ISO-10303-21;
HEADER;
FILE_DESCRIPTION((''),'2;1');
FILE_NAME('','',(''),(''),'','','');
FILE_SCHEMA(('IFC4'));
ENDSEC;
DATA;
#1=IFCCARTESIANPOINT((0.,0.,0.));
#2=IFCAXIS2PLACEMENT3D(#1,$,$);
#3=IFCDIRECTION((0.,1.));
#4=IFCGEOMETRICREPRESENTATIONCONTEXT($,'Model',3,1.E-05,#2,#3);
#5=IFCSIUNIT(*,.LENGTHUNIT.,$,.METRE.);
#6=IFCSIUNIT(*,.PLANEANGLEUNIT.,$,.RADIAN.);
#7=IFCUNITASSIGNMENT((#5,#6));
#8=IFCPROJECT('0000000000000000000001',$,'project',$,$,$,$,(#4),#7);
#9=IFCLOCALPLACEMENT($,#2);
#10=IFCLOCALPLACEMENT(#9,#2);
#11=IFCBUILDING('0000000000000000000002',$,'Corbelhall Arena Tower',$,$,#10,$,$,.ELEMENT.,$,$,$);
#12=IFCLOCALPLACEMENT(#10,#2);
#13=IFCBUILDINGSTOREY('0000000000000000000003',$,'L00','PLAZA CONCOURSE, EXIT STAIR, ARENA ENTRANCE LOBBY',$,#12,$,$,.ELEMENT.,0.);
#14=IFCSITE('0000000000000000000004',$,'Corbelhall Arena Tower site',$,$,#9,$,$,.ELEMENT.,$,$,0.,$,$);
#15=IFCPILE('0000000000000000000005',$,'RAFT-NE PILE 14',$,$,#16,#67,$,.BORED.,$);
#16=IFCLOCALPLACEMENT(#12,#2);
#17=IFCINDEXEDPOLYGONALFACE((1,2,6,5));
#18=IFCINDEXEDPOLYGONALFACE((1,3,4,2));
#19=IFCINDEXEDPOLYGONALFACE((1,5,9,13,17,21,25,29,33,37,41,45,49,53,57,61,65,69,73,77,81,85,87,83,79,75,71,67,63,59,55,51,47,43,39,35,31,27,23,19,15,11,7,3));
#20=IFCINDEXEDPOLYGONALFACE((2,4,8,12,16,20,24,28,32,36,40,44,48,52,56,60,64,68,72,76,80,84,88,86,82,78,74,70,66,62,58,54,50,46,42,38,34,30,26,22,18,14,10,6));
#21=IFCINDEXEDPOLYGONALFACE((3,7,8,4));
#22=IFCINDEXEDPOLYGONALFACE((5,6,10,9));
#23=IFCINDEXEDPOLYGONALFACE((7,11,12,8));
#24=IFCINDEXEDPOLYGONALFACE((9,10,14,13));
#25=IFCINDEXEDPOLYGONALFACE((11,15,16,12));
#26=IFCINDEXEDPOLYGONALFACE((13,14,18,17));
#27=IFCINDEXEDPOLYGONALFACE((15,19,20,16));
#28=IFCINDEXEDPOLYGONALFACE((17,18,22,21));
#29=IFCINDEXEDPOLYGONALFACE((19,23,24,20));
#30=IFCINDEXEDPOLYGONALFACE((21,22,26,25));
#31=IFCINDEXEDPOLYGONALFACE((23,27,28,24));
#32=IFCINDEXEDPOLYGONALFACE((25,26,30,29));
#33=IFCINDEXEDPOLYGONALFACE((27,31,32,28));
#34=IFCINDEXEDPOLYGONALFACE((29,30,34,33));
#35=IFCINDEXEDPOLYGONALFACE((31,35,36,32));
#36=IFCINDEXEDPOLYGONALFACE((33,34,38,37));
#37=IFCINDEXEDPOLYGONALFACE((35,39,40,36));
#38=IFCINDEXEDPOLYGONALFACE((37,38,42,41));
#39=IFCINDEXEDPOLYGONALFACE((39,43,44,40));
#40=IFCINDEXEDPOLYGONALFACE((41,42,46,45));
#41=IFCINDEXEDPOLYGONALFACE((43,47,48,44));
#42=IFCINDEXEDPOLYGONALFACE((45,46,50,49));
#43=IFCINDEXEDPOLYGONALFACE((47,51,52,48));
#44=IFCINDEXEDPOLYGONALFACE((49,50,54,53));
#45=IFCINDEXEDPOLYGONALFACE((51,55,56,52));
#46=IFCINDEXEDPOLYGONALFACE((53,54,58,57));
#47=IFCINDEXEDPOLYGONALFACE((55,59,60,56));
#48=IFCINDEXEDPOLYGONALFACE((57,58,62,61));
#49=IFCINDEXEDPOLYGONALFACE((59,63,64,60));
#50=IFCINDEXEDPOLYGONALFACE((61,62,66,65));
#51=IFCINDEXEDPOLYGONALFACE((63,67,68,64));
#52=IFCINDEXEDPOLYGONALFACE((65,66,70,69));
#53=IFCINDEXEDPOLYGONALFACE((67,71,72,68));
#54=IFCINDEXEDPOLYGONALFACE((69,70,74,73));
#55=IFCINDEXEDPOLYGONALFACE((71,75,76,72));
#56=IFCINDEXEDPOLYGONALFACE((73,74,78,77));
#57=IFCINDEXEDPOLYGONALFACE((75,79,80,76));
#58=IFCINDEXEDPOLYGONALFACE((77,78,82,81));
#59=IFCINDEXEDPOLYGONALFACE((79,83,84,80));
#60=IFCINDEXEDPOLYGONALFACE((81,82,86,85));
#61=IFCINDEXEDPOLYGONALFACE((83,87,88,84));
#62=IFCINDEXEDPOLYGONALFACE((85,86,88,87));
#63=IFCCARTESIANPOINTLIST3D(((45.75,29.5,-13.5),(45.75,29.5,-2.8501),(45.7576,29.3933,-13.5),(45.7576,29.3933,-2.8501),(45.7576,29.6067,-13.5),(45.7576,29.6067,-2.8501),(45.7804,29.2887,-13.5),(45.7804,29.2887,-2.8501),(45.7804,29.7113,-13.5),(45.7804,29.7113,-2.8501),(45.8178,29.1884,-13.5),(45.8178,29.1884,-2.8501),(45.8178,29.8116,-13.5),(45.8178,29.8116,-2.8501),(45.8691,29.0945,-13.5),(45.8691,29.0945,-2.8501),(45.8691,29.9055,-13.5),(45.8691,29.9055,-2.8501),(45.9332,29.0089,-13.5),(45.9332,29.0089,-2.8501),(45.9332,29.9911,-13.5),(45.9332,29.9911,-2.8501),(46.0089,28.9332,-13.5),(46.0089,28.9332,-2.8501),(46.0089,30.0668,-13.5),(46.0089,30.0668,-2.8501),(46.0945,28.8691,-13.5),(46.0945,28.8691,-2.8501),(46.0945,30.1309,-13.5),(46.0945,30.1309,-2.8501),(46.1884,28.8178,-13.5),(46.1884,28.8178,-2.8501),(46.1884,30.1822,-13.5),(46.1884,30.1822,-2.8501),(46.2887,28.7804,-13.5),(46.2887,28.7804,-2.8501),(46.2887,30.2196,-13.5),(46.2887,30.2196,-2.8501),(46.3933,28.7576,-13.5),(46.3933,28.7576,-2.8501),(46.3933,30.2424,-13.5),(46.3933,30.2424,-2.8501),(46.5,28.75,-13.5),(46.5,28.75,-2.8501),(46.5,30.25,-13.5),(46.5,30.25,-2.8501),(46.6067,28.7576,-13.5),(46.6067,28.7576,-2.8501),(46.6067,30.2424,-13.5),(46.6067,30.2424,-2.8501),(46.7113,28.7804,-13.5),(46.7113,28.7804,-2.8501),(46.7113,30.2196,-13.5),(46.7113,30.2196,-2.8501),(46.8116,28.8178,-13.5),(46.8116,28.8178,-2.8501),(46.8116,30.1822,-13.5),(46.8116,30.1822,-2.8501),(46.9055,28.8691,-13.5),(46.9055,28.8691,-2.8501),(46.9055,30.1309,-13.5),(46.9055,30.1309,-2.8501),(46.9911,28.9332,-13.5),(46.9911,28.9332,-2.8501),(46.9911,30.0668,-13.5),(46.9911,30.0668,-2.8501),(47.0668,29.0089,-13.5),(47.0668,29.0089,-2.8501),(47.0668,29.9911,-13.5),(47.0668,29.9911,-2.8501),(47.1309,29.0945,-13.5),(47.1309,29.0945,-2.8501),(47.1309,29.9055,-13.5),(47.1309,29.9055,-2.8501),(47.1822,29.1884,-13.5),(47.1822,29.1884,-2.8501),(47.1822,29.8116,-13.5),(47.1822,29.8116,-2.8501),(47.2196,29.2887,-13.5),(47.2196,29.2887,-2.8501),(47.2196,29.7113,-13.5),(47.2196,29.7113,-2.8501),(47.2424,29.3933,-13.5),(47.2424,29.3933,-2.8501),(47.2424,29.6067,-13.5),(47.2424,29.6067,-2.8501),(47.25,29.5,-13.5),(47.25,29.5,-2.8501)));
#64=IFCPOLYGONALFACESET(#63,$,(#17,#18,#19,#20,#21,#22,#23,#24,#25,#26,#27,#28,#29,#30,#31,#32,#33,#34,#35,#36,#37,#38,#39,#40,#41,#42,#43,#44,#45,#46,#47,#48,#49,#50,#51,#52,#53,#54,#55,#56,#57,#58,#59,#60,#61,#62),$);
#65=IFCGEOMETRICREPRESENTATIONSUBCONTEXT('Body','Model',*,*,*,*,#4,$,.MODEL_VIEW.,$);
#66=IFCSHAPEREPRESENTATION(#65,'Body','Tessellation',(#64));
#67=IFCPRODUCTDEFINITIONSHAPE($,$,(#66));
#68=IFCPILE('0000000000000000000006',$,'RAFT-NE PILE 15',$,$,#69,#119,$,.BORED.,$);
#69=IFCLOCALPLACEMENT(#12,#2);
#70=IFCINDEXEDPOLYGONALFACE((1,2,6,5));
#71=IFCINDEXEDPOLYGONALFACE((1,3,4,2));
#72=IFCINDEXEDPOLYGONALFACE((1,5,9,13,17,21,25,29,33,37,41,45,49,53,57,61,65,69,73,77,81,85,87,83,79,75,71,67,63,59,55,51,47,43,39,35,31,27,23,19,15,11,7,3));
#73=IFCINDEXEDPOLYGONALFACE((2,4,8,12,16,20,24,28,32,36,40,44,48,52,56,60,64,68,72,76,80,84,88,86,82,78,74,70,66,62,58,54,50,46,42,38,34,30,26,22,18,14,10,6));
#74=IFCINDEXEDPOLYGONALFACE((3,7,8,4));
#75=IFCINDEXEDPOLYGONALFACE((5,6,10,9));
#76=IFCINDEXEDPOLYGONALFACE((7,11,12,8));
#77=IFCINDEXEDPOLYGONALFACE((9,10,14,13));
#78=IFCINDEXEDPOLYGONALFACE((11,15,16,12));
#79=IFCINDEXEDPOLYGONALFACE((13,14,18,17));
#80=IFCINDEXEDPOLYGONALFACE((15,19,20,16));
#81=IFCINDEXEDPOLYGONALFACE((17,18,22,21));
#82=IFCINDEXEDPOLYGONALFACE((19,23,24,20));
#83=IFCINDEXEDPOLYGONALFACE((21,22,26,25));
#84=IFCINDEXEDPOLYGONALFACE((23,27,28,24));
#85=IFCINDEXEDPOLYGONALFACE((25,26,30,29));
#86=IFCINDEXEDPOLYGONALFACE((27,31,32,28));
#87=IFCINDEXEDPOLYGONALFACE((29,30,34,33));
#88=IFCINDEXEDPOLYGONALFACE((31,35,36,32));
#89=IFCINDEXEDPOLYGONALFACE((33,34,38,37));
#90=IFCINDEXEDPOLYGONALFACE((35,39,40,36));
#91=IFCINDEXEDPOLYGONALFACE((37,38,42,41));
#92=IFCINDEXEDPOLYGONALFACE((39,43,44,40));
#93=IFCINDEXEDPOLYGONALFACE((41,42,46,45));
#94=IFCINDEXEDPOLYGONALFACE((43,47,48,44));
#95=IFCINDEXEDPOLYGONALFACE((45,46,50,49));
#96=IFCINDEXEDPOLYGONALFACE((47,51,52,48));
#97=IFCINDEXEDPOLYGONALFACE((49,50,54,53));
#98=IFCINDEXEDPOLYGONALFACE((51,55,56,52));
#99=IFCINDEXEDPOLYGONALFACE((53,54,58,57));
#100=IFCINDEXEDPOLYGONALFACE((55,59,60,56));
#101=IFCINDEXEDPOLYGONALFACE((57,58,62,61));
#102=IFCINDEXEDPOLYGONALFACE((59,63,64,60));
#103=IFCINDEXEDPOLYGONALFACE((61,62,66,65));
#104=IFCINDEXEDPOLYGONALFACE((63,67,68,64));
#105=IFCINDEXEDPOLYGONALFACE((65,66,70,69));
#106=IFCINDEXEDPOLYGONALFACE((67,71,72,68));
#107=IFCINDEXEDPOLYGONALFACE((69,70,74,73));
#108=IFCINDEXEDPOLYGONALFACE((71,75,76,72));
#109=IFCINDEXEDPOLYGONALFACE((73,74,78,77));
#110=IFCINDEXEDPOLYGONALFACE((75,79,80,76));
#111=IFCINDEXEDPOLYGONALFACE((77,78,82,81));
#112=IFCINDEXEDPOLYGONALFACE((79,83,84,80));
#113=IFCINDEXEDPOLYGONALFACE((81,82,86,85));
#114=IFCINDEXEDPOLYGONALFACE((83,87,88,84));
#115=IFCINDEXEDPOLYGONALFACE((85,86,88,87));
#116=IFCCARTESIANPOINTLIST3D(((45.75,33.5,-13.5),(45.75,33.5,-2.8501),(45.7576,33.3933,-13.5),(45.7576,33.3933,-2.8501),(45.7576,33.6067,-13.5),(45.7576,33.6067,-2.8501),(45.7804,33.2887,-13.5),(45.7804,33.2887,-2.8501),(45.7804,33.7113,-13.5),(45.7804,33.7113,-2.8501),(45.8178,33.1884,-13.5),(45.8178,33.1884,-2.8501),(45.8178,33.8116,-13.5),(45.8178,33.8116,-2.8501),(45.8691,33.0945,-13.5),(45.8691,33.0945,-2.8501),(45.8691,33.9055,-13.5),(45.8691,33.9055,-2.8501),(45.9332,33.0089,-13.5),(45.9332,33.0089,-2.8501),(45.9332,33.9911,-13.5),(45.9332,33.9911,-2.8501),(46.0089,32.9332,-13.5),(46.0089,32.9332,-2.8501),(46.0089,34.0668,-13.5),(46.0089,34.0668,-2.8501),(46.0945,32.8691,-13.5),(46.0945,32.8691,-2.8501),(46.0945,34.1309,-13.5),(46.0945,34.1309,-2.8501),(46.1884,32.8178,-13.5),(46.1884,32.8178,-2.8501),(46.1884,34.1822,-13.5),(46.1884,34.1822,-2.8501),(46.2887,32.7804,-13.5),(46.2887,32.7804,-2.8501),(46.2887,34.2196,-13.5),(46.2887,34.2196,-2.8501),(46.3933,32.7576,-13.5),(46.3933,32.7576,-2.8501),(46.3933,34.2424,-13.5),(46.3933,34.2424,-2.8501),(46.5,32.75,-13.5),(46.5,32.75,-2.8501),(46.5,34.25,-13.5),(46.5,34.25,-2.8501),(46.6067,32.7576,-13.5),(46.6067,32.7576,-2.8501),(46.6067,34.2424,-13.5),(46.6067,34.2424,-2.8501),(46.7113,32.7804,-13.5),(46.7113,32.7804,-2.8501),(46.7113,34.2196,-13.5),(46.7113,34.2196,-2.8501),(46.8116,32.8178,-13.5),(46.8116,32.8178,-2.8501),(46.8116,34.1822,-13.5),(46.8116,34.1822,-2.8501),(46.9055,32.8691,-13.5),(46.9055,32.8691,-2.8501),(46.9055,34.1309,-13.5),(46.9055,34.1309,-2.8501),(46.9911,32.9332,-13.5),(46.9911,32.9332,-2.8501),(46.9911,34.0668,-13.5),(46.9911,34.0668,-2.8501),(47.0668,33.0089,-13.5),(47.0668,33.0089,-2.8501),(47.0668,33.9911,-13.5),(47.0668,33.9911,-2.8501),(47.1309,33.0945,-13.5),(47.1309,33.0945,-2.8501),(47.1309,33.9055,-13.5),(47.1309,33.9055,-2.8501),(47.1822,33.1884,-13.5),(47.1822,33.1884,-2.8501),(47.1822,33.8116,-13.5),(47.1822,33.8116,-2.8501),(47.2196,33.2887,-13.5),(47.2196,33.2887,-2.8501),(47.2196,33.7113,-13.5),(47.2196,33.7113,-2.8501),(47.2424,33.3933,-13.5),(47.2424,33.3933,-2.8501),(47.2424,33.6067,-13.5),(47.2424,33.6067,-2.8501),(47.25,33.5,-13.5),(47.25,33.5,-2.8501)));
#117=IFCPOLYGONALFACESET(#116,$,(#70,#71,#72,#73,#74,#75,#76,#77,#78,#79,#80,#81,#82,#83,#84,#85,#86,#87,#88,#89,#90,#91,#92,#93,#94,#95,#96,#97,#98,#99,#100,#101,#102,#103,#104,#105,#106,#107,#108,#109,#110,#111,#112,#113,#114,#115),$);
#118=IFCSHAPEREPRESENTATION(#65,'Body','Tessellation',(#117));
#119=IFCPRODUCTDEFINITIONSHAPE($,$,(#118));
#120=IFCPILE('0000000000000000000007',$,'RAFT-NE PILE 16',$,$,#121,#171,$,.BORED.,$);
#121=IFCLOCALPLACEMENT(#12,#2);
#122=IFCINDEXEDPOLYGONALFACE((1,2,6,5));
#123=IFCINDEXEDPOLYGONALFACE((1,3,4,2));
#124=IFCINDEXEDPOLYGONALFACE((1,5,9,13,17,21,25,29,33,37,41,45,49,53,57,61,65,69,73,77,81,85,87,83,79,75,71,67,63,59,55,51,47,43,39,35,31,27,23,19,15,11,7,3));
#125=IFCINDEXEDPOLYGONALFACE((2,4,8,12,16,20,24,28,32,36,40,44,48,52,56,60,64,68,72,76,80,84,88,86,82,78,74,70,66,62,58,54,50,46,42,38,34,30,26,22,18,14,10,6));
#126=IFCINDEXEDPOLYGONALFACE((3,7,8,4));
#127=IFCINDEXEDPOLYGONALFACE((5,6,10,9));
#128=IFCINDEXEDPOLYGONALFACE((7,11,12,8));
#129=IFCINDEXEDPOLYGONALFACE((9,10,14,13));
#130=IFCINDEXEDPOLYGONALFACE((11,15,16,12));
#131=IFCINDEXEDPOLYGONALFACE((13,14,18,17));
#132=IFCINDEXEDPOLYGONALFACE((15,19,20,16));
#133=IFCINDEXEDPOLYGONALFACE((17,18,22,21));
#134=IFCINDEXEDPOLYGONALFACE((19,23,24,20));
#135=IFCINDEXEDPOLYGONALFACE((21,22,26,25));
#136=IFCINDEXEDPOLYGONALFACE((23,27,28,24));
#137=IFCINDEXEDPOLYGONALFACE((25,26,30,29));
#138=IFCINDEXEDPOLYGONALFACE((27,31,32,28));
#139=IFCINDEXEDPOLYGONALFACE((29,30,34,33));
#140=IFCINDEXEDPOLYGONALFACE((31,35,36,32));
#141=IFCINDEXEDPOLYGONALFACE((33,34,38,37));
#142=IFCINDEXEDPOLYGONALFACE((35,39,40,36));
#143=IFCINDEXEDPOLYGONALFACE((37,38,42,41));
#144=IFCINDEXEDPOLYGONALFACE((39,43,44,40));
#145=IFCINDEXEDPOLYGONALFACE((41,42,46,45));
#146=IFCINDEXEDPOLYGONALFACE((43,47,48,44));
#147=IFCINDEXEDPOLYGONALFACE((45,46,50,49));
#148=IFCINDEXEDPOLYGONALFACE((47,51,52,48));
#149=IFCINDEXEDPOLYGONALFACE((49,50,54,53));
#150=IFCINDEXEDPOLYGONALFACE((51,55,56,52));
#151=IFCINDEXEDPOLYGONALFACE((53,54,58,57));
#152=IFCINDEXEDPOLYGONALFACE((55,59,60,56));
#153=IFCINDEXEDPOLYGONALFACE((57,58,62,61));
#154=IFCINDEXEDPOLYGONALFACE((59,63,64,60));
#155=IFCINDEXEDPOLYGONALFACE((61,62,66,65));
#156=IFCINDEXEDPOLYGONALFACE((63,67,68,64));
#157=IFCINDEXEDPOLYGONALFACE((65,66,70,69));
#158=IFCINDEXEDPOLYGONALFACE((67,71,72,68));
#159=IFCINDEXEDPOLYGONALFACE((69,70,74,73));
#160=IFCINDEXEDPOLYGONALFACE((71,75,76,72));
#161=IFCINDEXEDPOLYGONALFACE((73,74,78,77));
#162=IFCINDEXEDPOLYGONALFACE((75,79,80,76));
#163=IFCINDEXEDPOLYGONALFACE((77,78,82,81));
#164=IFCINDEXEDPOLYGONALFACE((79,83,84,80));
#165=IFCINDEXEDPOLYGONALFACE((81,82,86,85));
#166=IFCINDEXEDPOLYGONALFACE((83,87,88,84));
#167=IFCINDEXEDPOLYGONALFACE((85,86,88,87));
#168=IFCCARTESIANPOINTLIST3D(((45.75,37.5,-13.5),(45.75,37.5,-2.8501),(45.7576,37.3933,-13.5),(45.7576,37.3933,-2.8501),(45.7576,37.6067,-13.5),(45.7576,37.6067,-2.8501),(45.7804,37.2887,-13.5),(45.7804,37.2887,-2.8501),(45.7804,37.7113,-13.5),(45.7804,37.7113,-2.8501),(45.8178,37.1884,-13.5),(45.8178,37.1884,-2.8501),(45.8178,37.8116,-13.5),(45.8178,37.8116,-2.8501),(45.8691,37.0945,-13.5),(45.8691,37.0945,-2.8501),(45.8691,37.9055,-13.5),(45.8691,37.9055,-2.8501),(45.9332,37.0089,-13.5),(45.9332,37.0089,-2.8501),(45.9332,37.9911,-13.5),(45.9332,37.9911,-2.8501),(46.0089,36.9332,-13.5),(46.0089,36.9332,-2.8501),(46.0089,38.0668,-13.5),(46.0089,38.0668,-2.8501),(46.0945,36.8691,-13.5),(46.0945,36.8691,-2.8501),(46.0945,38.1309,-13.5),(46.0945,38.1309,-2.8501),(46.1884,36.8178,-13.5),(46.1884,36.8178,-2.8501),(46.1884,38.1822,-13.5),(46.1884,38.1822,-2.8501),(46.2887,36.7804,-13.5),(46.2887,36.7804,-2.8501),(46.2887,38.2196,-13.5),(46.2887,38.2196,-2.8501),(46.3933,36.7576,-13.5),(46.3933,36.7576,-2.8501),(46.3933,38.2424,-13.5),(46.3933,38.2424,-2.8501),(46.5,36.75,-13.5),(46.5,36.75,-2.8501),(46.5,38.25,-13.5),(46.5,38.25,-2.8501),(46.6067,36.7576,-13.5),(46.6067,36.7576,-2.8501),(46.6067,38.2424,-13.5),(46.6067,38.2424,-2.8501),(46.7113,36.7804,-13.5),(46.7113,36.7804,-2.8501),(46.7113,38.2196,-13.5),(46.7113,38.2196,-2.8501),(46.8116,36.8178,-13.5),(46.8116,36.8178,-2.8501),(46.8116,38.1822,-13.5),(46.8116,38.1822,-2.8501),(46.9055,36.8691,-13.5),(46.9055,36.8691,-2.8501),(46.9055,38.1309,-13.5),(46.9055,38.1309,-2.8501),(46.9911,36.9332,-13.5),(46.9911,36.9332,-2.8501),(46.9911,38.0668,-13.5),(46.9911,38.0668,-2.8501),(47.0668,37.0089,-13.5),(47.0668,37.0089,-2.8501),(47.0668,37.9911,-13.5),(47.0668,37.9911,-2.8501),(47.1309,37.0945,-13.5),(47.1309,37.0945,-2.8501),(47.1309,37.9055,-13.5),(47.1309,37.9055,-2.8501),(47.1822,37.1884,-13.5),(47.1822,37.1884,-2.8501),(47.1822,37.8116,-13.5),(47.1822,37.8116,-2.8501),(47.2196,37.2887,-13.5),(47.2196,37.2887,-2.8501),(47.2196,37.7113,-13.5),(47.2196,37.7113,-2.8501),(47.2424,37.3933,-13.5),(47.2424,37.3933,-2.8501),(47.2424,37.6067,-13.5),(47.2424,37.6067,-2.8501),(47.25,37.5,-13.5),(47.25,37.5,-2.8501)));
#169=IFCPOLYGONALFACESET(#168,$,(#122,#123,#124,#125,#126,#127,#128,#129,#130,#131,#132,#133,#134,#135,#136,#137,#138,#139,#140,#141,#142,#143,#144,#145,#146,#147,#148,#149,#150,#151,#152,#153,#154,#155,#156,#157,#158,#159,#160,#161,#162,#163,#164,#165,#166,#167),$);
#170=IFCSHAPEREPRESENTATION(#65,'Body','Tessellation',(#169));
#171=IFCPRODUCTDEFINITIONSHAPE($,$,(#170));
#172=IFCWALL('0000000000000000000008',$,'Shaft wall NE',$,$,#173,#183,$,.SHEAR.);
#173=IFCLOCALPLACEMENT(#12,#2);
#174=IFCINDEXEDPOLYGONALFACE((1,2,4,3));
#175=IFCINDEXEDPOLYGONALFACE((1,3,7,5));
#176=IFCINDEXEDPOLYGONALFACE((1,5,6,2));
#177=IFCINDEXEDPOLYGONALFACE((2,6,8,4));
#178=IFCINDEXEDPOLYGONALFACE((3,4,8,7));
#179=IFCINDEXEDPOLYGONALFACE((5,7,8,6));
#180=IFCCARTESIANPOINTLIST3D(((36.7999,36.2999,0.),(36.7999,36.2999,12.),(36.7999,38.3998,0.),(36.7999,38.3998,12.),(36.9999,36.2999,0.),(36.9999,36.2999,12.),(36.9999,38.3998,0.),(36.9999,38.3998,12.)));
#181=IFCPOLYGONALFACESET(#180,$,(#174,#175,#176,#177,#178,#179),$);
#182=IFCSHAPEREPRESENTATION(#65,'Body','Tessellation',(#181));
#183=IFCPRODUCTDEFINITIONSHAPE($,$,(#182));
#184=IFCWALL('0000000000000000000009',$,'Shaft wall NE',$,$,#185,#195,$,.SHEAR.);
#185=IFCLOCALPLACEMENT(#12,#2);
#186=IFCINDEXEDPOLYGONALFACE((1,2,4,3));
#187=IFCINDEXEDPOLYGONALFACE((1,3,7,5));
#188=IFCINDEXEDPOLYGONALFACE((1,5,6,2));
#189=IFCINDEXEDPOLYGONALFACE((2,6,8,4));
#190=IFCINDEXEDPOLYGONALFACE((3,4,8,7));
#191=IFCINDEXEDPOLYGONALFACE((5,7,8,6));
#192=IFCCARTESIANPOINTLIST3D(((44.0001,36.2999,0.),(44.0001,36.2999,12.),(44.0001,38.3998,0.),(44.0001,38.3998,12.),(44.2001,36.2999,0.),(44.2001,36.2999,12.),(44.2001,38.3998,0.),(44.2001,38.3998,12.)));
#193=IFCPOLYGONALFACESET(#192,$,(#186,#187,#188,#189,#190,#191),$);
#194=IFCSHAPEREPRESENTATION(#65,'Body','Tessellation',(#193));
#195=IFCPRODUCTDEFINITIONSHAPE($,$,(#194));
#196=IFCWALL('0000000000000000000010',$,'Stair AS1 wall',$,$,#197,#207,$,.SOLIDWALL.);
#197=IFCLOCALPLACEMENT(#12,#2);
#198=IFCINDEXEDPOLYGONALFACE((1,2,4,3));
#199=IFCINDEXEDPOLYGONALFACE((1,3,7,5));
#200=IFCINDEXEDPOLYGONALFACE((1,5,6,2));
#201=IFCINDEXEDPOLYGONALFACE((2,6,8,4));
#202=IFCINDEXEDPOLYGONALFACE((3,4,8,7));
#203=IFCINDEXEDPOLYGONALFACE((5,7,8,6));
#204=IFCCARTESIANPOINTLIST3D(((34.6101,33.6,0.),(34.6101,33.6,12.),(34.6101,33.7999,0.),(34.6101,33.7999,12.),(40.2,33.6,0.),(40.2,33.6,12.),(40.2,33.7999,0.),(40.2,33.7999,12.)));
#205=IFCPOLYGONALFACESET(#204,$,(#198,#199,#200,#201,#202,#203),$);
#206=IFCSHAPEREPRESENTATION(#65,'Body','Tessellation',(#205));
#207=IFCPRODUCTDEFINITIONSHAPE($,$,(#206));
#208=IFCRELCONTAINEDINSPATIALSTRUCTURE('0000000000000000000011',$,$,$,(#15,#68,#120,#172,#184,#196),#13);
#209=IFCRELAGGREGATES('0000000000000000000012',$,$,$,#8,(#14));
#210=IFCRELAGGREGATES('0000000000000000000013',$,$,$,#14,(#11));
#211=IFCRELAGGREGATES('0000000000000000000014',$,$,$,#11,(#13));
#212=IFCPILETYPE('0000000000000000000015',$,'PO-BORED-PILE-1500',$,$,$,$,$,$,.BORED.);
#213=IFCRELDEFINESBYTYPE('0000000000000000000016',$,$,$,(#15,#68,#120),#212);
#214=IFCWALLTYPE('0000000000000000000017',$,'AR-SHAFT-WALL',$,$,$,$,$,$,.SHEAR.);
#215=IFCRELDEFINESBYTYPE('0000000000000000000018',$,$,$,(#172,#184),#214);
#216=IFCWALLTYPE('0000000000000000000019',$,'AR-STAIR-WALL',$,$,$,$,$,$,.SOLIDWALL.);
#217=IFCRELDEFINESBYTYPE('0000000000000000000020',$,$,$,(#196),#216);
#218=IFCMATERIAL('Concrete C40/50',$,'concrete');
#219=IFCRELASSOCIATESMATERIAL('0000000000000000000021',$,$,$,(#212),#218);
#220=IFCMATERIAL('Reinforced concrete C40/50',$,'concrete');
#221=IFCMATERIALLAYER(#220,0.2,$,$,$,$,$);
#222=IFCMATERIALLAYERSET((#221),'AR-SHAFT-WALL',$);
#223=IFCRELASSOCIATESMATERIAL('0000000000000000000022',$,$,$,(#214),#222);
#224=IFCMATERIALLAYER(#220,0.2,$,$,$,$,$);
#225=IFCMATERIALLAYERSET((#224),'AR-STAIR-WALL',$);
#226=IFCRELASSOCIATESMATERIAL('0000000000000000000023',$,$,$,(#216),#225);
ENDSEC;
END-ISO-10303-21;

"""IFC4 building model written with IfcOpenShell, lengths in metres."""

from ifc_helpers import new_model, si_unit, direction, frame, frame_2d, origin, origin_2d, place, context, subcontext, project, spatial, rectangle, circle, extrude, material, layer, layer_set, material_profile, profile_set, type_object, element, save


model = new_model("IFC4")

# Units and contexts
model_context = context("Model", 3, precision=1e-05, world=origin(), true_north=direction((0.0, 1.0)))
body_context = subcontext(model_context, "Body", "Model", "MODEL_VIEW")
ifc_project = project(units=[si_unit("LENGTHUNIT", "METRE"), si_unit("PLANEANGLEUNIT", "RADIAN")], contexts=[model_context])

# Site, building, storey
site_placement = place(None, origin())
site = spatial("IfcSite", under=ifc_project, at=site_placement, Name="Corbelhall Arena Tower site", CompositionType="ELEMENT", RefElevation=0.0)
building_placement = place(site_placement, origin())
building = spatial("IfcBuilding", under=site, at=building_placement, Name="Corbelhall Arena Tower", CompositionType="ELEMENT")
storey_placement = place(building_placement, origin())
storey = spatial("IfcBuildingStorey", under=building, at=storey_placement, Name="L00", Description="PLAZA CONCOURSE, EXIT STAIR, ARENA ENTRANCE LOBBY", CompositionType="ELEMENT", Elevation=0.0)

# Piles
ifc_material_1 = material(Name="Concrete C40/50", Category="concrete")
ifc_material_profile = material_profile(ifc_material_1, circle(Radius=0.75, at=origin_2d()))
ifc_profile_set = profile_set([ifc_material_profile], Name="Concrete C40/50")
pile_type = type_object("IfcPileType", Name="PO-BORED-PILE-1500", PredefinedType="BORED", material=ifc_profile_set)
for number, where, z_axis, x_axis, name in (
    (1, (46.5, 29.5, -2.8501), (0.0, 0.0, -1.0), (1.0, 0.0, 0.0), "RAFT-NE PILE 14"),
    (2, (46.5, 33.5, -2.8501), (0.0, 0.0, -1.0), (1.0, 0.0, 0.0), "RAFT-NE PILE 15"),
    (3, (46.5, 37.5, -2.8501), (0.0, 0.0, -1.0), (1.0, 0.0, 0.0), "RAFT-NE PILE 16"),
):
    element("IfcPile", number, at=place(storey_placement, frame(where, z_axis=z_axis, x_axis=x_axis)), inside=storey, type_object=pile_type, Name=name, PredefinedType="BORED", context=body_context, shape_type="SweptSolid", body=[
        extrude(circle(Radius=0.75, at=origin_2d()), origin(), (0.0, 0.0, 1.0), 10.6499),
    ])

# Shared definitions
ifc_material_2 = material(Name="Reinforced concrete C40/50", Category="concrete")
ifc_layer_1 = layer(ifc_material_2, 0.2)
ifc_layer_set_1 = layer_set([ifc_layer_1], Name="AR-SHAFT-WALL")
wall_type_1 = type_object("IfcWallType", Name="AR-SHAFT-WALL", PredefinedType="SHEAR", material=ifc_layer_set_1)

# Walls
for number, where, z_axis, x_axis, name in (
    (4, (36.8999, 36.3, 0.0), (0.0, 0.0, 1.0), (0.0, 1.0, 0.0), "Shaft wall NE"),
    (5, (44.1001, 36.3, 0.0), (0.0, 0.0, 1.0), (0.0, 1.0, 0.0), "Shaft wall NE"),
):
    element("IfcWall", number, at=place(storey_placement, frame(where, z_axis=z_axis, x_axis=x_axis)), inside=storey, type_object=wall_type_1, Name=name, PredefinedType="SHEAR", context=body_context, shape_type="SweptSolid", body=[
        extrude(rectangle(XDim=2.0999, YDim=0.2, at=frame_2d((1.0498, 0.0))), origin(), (0.0, 0.0, 1.0), 12.0),
    ])
ifc_layer_2 = layer(ifc_material_2, 0.2)
ifc_layer_set_2 = layer_set([ifc_layer_2], Name="AR-STAIR-WALL")
wall_type_2 = type_object("IfcWallType", Name="AR-STAIR-WALL", PredefinedType="SOLIDWALL", material=ifc_layer_set_2)
for number, where, z_axis, x_axis, name in (
    (6, (34.6101, 33.7, 0.0), (0.0, 0.0, 1.0), (1.0, 0.0, 0.0), "Stair AS1 wall"),
):
    element("IfcWall", number, at=place(storey_placement, frame(where, z_axis=z_axis, x_axis=x_axis)), inside=storey, type_object=wall_type_2, Name=name, PredefinedType="SOLIDWALL", context=body_context, shape_type="SweptSolid", body=[
        extrude(rectangle(XDim=5.5898, YDim=0.2, at=frame_2d((2.7949, 0.0))), origin(), (0.0, 0.0, 1.0), 12.0),
    ])

save(model, "model.ifc")
